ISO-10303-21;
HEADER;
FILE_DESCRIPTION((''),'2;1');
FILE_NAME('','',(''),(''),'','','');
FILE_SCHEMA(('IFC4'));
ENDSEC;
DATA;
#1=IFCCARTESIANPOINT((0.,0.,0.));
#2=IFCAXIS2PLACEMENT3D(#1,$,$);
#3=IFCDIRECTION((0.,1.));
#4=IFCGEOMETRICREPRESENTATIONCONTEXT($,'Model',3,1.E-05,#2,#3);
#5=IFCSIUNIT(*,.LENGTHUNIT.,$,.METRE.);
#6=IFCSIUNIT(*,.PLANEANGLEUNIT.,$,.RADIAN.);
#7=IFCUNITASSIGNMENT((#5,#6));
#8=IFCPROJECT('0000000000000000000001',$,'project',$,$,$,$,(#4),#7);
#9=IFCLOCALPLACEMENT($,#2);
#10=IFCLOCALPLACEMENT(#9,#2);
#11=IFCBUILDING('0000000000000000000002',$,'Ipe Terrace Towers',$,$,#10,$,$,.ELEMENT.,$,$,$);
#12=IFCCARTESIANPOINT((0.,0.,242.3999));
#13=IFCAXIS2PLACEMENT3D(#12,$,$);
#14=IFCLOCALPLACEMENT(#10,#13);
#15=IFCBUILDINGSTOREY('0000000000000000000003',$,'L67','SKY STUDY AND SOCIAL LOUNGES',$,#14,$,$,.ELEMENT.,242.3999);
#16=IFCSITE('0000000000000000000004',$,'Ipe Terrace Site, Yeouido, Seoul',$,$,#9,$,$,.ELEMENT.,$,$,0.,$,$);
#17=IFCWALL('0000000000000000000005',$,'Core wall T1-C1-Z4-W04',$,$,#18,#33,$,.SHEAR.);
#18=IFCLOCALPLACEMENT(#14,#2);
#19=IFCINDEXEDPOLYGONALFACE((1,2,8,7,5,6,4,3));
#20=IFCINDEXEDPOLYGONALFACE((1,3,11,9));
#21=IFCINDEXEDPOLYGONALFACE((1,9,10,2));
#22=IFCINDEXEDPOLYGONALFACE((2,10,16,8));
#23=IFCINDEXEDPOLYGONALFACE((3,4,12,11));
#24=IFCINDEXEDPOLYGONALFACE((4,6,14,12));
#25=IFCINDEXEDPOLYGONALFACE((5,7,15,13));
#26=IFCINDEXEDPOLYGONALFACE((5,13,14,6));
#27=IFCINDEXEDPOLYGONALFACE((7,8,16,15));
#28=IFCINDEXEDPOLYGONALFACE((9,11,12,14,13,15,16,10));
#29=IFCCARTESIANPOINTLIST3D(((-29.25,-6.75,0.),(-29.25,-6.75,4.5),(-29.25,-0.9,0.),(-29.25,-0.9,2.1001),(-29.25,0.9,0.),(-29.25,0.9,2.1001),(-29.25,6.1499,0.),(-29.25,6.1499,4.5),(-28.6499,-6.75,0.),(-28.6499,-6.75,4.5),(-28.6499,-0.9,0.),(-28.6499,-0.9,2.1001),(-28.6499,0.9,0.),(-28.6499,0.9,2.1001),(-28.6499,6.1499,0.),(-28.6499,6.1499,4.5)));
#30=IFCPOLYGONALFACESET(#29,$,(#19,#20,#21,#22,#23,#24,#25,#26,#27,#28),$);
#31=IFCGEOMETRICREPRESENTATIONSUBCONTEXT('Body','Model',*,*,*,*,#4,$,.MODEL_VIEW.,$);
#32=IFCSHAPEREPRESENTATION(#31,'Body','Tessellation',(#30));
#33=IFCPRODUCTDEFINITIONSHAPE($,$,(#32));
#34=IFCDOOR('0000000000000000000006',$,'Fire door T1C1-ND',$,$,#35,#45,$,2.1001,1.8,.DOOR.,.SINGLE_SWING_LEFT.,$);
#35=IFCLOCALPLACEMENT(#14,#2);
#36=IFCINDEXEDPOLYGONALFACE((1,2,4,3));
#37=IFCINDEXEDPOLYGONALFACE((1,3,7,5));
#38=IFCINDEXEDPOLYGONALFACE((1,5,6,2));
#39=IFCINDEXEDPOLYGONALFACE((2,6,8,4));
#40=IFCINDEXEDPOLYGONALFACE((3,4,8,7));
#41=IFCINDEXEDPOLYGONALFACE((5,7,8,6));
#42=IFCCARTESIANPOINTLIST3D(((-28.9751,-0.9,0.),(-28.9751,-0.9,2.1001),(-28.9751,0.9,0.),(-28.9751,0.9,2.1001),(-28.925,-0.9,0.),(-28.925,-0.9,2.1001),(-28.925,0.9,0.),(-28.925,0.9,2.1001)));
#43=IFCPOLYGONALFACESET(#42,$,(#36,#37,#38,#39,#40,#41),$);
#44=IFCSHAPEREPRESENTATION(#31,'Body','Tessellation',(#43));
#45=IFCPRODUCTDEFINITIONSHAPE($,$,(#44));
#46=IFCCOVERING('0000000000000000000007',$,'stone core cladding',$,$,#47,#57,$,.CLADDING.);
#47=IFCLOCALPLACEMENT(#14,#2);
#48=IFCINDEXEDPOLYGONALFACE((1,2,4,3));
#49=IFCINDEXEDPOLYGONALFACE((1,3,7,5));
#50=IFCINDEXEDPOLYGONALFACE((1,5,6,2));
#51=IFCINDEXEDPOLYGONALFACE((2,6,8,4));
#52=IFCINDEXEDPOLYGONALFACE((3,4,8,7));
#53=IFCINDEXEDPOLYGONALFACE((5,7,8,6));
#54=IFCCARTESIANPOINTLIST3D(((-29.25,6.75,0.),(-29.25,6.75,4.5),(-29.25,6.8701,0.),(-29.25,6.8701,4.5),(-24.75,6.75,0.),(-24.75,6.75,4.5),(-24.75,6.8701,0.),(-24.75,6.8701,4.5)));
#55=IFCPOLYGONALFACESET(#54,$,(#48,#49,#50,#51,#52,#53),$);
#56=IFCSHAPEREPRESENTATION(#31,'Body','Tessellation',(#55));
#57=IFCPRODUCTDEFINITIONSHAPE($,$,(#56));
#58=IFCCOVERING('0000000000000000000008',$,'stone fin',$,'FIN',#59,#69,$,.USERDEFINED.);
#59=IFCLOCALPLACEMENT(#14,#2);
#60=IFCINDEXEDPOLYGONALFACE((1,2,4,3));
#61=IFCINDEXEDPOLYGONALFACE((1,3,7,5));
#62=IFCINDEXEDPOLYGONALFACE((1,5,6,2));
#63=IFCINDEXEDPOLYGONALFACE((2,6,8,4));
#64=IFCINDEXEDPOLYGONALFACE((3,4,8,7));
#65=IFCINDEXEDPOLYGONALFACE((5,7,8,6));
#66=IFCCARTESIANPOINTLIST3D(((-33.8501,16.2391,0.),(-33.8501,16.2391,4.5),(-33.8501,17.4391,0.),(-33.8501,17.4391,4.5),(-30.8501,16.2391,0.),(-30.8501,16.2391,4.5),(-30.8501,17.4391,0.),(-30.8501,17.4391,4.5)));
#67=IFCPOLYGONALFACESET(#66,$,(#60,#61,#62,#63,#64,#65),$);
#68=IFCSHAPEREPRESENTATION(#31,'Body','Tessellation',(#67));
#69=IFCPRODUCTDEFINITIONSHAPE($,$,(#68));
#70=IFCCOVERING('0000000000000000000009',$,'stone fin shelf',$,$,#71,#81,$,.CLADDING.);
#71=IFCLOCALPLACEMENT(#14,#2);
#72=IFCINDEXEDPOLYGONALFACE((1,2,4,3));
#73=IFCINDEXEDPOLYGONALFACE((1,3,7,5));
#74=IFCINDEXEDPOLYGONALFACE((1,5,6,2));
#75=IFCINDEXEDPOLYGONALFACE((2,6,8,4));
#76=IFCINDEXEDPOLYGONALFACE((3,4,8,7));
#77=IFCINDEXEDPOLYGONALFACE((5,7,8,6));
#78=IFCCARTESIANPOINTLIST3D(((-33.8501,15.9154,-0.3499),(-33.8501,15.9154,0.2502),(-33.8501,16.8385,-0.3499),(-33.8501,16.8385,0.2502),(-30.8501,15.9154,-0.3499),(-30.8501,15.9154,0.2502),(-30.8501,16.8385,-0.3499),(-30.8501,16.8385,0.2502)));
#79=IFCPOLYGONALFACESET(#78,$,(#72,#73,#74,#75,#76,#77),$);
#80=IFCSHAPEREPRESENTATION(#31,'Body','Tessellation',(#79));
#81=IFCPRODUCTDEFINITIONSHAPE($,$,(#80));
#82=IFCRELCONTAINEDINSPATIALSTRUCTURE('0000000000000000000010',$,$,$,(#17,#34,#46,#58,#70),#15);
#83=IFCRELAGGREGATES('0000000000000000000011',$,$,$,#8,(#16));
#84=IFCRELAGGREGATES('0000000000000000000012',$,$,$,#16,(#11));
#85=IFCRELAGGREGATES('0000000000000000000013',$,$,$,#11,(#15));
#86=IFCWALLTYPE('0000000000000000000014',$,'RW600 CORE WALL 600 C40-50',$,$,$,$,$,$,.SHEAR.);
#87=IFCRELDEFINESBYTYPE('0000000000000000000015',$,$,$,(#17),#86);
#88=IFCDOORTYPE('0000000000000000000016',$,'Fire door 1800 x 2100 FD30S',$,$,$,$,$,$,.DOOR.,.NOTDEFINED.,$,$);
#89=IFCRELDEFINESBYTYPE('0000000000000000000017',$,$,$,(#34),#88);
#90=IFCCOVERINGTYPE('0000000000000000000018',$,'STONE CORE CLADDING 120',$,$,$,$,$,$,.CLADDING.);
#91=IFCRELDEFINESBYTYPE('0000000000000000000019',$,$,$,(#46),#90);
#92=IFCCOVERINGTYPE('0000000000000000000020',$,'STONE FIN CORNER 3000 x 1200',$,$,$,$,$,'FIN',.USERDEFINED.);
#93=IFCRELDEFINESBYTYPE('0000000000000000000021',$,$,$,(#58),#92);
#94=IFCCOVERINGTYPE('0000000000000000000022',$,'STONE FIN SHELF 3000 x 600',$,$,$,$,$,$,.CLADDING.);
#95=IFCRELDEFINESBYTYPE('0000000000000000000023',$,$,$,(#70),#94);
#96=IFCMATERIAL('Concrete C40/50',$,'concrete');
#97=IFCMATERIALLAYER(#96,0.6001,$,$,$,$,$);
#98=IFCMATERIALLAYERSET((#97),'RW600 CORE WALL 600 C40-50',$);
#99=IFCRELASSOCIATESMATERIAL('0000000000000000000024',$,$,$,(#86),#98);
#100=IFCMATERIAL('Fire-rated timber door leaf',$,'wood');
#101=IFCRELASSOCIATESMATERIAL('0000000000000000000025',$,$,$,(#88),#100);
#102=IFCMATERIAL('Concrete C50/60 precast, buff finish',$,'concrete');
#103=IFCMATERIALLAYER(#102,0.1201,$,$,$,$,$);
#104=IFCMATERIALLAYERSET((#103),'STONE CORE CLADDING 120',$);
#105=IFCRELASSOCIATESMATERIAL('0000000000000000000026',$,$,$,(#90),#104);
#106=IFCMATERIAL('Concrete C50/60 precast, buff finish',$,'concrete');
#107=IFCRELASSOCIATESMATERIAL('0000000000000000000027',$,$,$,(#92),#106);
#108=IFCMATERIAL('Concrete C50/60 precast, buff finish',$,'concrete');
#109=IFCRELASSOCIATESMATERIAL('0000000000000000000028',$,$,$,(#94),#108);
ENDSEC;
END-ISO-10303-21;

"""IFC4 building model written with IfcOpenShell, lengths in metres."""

from ifc_helpers import new_model, si_unit, direction, frame, frame_2d, origin, origin_2d, place, context, subcontext, project, spatial, rectangle, extrude, material, layer, layer_set, material_profile, profile_set, type_object, element, fill, save


model = new_model("IFC4")

# Units and contexts
model_context = context("Model", 3, precision=1e-05, world=origin(), true_north=direction((0.0, 1.0)))
body_context = subcontext(model_context, "Body", "Model", "MODEL_VIEW")
ifc_project = project(units=[si_unit("LENGTHUNIT", "METRE"), si_unit("PLANEANGLEUNIT", "RADIAN")], contexts=[model_context])

# Site, building, storey
site_placement = place(None, origin())
site = spatial("IfcSite", under=ifc_project, at=site_placement, Name="Ipe Terrace Site, Yeouido, Seoul", CompositionType="ELEMENT", RefElevation=0.0)
building_placement = place(site_placement, origin())
building = spatial("IfcBuilding", under=site, at=building_placement, Name="Ipe Terrace Towers", CompositionType="ELEMENT")
storey_placement = place(building_placement, frame((0.0, 0.0, 242.3999)))
storey = spatial("IfcBuildingStorey", under=building, at=storey_placement, Name="L67", Description="SKY STUDY AND SOCIAL LOUNGES", CompositionType="ELEMENT", Elevation=242.3999)

# Wall, opening, door
ifc_material_1 = material(Name="Concrete C40/50", Category="concrete")
ifc_layer_1 = layer(ifc_material_1, 0.6001)
ifc_layer_set_1 = layer_set([ifc_layer_1], Name="RW600 CORE WALL 600 C40-50")
wall_type_1 = type_object("IfcWallType", Name="RW600 CORE WALL 600 C40-50", PredefinedType="SHEAR", material=ifc_layer_set_1)
wall_1_placement = place(storey_placement, frame((-28.95, 6.1499, 0.0), z_axis=(0.0, 0.0, 1.0), x_axis=(0.0, -1.0, 0.0)))
wall_1 = element("IfcWall", 1, at=wall_1_placement, inside=storey, type_object=wall_type_1, Name="Core wall T1-C1-Z4-W04", PredefinedType="SHEAR", context=body_context, shape_type="SweptSolid", body=[
    extrude(rectangle(XDim=12.8999, YDim=0.6001, at=frame_2d((6.45, 0.0))), origin(), (0.0, 0.0, 1.0), 4.5),
])
opening_1_placement = place(wall_1_placement, frame((5.25, 0.0, 0.0)))
opening_1 = element("IfcOpeningElement", 2, at=opening_1_placement, cuts=wall_1, PredefinedType="OPENING", context=body_context, shape_type="SweptSolid", body=[
    extrude(rectangle(XDim=1.8, YDim=2.1001, at=frame_2d((0.8999, 1.05))), frame((0.0, 0.3101, 0.0), z_axis=(0.0, -1.0, 0.0), x_axis=(1.0, 0.0, 0.0)), (0.0, 0.0, 1.0), 0.6201),
])
ifc_material_2 = material(Name="Fire-rated timber door leaf", Category="wood")
door_type_1 = type_object("IfcDoorType", Name="Fire door 1800 x 2100 FD30S", OperationType="NOTDEFINED", PredefinedType="DOOR", material=ifc_material_2)
door_1_placement = place(opening_1_placement, origin())
door_1 = element("IfcDoor", 3, at=door_1_placement, inside=storey, type_object=door_type_1, Name="Fire door T1C1-ND", OperationType="SINGLE_SWING_LEFT", OverallHeight=2.1001, OverallWidth=1.8, PredefinedType="DOOR", context=body_context, shape_type="SweptSolid", body=[
    extrude(rectangle(XDim=1.8, YDim=2.1001, at=frame_2d((0.8999, 1.05))), frame((0.0, 0.0249, 0.0), z_axis=(0.0, -1.0, 0.0), x_axis=(1.0, 0.0, 0.0)), (0.0, 0.0, 1.0), 0.05),
])
fill(opening_1, door_1)

# Coverings
ifc_material_3 = material(Name="Concrete C50/60 precast, buff finish", Category="concrete")
ifc_layer_2 = layer(ifc_material_3, 0.1201)
ifc_layer_set_2 = layer_set([ifc_layer_2], Name="STONE CORE CLADDING 120")
covering_type_1 = type_object("IfcCoveringType", Name="STONE CORE CLADDING 120", PredefinedType="CLADDING", material=ifc_layer_set_2)
covering_1_placement = place(storey_placement, frame((-27.0, 6.8101, 0.0), z_axis=(0.0, 0.0, 1.0), x_axis=(-1.0, 0.0, 0.0)))
element("IfcCovering", 4, at=covering_1_placement, inside=storey, type_object=covering_type_1, Name="stone core cladding", PredefinedType="CLADDING", context=body_context, shape_type="SweptSolid", body=[
    extrude(rectangle(XDim=4.5, YDim=0.1201, at=origin_2d()), origin(), (0.0, 0.0, 1.0), 4.5),
])
ifc_material_4 = material(Name="Concrete C50/60 precast, buff finish", Category="concrete")
ifc_material_profile_1 = material_profile(ifc_material_4, rectangle(XDim=3.0, YDim=1.2, at=origin_2d()), Name="STONE FIN CORNER 3000 x 1200")
ifc_profile_set_1 = profile_set([ifc_material_profile_1], Name="Concrete C50/60 precast, buff finish")
covering_type_2 = type_object("IfcCoveringType", Name="STONE FIN CORNER 3000 x 1200", ElementType="FIN", PredefinedType="USERDEFINED", material=ifc_profile_set_1)
covering_2_placement = place(storey_placement, frame((-32.3501, 16.8391, 0.0), z_axis=(0.0, 0.0, 1.0), x_axis=(-1.0, 0.0, 0.0)))
element("IfcCovering", 5, at=covering_2_placement, inside=storey, type_object=covering_type_2, Name="stone fin", ObjectType="FIN", PredefinedType="USERDEFINED", context=body_context, shape_type="SweptSolid", body=[
    extrude(rectangle(XDim=3.0, YDim=1.2, at=origin_2d()), origin(), (0.0, 0.0, 1.0), 4.5),
])
ifc_material_5 = material(Name="Concrete C50/60 precast, buff finish", Category="concrete")
covering_type_3 = type_object("IfcCoveringType", Name="STONE FIN SHELF 3000 x 600", PredefinedType="CLADDING", material=ifc_material_5)
covering_3_placement = place(storey_placement, frame((-32.3501, 16.377, -0.3499), z_axis=(0.0, 0.0, 1.0), x_axis=(-1.0, 0.0, 0.0)))
element("IfcCovering", 6, at=covering_3_placement, inside=storey, type_object=covering_type_3, Name="stone fin shelf", PredefinedType="CLADDING", context=body_context, shape_type="SweptSolid", body=[
    extrude(rectangle(XDim=3.0, YDim=0.9231, at=origin_2d()), origin(), (0.0, 0.0, 1.0), 0.6001),
])

save(model, "model.ifc")
